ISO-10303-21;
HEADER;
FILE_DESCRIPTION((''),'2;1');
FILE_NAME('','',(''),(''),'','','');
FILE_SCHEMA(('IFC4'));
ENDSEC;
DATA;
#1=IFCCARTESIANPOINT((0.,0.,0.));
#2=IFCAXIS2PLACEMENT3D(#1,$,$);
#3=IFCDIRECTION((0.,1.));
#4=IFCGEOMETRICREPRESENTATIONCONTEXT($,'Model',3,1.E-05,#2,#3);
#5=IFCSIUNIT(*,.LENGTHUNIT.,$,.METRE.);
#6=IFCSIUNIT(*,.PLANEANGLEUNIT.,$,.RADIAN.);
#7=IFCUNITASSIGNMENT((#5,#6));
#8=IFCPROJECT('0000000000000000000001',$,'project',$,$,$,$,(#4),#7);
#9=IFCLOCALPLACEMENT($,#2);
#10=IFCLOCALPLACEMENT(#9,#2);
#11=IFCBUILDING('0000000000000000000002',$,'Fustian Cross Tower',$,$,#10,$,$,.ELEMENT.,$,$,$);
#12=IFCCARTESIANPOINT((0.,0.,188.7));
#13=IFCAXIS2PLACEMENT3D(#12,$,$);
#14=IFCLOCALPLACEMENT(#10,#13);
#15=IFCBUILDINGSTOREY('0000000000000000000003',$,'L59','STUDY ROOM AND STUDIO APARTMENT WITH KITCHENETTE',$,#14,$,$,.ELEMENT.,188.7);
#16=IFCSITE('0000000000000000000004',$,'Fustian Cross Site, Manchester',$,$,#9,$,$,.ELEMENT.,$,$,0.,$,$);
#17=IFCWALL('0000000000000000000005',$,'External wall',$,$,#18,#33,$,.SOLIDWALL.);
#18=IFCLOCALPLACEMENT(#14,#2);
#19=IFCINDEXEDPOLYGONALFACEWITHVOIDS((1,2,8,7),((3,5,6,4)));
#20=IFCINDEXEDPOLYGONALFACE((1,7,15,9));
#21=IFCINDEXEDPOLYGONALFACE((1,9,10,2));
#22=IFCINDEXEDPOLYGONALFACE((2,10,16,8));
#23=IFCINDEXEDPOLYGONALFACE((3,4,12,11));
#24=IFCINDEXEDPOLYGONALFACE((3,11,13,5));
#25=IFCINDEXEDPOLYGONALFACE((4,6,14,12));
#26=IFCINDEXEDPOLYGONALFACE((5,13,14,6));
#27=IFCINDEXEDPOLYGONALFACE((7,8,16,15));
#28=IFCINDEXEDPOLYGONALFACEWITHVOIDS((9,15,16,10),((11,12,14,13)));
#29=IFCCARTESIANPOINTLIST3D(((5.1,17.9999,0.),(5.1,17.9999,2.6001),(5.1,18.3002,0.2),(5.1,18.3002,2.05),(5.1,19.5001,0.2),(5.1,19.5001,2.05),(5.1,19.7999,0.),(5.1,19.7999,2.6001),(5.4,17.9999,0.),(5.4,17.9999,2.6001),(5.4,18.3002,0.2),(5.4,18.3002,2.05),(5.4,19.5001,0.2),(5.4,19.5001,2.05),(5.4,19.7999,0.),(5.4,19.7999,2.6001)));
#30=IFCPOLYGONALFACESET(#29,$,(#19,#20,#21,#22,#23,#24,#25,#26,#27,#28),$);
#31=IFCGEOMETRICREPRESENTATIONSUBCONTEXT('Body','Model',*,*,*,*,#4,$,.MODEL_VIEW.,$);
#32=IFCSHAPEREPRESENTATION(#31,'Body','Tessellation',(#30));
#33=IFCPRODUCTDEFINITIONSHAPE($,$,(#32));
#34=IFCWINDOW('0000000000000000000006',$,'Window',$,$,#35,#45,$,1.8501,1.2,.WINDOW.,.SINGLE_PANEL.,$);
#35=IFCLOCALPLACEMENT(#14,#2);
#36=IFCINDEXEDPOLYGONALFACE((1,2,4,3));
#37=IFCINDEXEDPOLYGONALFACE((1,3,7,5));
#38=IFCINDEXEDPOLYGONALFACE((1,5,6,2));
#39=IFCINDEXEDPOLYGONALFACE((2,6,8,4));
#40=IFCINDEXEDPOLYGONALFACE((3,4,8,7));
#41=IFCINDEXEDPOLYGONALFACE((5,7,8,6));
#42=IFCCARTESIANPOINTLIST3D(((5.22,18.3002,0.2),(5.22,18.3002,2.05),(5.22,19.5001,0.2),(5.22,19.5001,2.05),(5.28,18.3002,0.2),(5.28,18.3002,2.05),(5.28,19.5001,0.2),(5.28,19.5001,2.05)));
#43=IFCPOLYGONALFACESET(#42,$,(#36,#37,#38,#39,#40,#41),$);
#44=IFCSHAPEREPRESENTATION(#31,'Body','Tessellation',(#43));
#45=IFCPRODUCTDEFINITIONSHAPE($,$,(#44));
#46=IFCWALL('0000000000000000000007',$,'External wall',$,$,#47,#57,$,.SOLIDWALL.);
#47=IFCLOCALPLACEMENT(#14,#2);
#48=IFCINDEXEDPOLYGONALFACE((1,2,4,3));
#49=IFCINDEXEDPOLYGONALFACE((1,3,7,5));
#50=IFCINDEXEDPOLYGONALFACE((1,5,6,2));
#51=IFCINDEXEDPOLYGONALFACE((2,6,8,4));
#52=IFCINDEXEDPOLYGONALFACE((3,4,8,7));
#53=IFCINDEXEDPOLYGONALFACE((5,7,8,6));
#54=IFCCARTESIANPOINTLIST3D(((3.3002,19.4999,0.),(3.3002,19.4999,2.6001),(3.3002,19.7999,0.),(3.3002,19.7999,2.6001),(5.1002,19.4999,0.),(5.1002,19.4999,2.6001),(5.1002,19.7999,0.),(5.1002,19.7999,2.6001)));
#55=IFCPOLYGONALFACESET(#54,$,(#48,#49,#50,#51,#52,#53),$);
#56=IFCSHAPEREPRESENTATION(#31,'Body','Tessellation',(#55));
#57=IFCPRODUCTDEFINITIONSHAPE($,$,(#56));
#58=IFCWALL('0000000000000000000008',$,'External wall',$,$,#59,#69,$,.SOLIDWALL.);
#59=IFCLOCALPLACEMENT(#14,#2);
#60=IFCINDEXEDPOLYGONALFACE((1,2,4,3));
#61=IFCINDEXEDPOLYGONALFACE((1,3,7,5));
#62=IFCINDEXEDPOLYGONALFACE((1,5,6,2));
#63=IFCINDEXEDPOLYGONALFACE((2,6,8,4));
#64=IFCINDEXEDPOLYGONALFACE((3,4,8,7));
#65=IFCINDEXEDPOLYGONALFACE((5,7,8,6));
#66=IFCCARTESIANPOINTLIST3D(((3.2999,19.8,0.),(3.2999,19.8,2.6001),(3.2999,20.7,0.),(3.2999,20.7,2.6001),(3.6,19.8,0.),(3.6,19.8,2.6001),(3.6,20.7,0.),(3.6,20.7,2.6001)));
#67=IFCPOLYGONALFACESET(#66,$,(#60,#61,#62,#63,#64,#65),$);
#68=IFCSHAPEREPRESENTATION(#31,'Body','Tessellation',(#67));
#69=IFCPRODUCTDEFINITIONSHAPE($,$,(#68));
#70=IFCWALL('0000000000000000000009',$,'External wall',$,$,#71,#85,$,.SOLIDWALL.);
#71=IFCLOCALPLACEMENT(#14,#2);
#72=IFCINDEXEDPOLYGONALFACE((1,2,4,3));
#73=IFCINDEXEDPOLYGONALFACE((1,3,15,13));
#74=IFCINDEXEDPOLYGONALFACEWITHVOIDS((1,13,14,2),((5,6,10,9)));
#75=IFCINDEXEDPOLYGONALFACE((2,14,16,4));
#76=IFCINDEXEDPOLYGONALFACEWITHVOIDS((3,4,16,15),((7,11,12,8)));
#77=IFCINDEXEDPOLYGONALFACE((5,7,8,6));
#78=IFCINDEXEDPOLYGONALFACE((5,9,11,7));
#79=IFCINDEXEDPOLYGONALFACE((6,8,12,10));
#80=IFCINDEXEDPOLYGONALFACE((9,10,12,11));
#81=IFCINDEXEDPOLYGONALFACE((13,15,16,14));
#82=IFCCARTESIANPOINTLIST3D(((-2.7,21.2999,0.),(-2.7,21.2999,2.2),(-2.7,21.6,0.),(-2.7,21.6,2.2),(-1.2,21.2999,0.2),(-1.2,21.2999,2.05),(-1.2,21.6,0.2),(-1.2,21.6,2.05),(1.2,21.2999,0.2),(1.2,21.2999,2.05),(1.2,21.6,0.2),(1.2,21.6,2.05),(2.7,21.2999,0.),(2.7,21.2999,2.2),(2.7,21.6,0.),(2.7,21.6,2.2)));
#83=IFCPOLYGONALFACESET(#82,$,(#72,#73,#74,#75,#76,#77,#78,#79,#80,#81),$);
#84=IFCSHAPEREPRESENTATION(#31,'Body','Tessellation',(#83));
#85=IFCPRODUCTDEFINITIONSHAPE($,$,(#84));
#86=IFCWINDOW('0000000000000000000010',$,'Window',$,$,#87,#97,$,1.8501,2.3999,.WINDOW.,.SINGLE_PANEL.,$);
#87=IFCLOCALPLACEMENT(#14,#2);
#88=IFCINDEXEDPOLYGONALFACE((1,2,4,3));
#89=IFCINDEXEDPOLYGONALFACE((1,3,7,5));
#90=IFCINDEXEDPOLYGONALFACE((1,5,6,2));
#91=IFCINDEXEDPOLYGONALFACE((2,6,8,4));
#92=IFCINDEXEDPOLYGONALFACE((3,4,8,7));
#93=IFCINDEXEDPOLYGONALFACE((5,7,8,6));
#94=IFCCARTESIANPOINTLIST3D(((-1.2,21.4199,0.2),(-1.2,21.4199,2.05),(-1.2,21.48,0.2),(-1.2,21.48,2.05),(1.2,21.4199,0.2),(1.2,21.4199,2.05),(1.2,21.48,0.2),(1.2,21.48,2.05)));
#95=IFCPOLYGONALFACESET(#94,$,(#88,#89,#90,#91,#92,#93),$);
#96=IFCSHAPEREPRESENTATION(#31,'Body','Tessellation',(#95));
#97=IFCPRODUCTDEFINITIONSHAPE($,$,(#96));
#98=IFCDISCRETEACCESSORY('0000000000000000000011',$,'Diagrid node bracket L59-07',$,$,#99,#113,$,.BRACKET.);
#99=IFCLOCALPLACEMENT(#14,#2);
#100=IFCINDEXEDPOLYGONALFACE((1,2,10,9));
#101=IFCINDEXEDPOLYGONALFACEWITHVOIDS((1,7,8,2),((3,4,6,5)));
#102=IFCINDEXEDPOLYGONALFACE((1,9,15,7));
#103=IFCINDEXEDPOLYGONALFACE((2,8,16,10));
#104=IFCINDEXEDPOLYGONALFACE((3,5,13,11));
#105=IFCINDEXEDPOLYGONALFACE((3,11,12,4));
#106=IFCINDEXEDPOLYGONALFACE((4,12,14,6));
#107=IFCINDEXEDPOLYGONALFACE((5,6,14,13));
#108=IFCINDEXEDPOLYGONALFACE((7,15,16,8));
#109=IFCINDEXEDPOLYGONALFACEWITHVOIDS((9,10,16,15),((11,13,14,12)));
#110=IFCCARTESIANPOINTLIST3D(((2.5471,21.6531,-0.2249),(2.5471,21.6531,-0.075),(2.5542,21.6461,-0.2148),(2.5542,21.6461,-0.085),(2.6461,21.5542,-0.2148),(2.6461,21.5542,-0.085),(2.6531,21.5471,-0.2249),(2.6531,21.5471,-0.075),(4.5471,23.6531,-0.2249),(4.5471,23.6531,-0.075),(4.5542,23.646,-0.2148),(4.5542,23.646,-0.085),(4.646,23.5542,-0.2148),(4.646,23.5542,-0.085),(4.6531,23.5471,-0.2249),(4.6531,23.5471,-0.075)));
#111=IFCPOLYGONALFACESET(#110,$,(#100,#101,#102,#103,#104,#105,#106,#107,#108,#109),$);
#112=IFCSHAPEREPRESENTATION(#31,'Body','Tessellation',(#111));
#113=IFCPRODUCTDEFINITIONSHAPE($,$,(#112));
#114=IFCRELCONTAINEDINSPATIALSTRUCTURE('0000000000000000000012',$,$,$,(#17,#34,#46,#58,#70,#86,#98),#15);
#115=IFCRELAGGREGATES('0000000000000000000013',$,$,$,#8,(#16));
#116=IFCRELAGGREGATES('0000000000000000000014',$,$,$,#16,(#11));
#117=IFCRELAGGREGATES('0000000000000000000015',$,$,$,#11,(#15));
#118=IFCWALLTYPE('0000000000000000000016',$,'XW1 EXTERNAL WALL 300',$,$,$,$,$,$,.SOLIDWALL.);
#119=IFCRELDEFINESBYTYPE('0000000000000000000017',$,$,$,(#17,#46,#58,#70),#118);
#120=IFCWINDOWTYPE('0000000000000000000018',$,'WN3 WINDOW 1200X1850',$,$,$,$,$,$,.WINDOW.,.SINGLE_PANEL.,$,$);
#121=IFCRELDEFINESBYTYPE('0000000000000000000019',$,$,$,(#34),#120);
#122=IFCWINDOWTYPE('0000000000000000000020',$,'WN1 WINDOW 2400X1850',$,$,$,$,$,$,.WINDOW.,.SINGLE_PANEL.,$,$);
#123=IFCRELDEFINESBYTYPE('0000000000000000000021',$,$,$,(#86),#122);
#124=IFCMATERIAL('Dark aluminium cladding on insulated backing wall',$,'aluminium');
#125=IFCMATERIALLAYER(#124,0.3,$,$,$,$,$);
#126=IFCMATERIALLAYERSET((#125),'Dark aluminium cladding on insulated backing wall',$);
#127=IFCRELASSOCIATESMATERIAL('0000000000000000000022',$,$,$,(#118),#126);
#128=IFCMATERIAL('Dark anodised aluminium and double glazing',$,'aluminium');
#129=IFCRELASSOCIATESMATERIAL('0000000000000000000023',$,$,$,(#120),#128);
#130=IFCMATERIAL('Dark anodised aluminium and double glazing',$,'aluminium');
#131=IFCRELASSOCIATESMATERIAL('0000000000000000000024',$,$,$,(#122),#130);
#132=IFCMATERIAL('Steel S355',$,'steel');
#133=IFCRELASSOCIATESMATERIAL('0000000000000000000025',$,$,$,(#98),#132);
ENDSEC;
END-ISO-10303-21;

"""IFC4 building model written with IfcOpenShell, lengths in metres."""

from ifc_helpers import new_model, si_unit, direction, frame, frame_2d, origin, origin_2d, place, context, subcontext, project, spatial, rectangle, hollow_rectangle, extrude, material, layer, layer_set, type_object, element, fill, save


model = new_model("IFC4")

# Units and contexts
model_context = context("Model", 3, precision=1e-05, world=origin(), true_north=direction((0.0, 1.0)))
body_context = subcontext(model_context, "Body", "Model", "MODEL_VIEW")
ifc_project = project(units=[si_unit("LENGTHUNIT", "METRE"), si_unit("PLANEANGLEUNIT", "RADIAN")], contexts=[model_context])

# Site, building, storey
site_placement = place(None, origin())
site = spatial("IfcSite", under=ifc_project, at=site_placement, Name="Fustian Cross Site, Manchester", CompositionType="ELEMENT", RefElevation=0.0)
building_placement = place(site_placement, origin())
building = spatial("IfcBuilding", under=site, at=building_placement, Name="Fustian Cross Tower", CompositionType="ELEMENT")
storey_placement = place(building_placement, frame((0.0, 0.0, 188.7)))
storey = spatial("IfcBuildingStorey", under=building, at=storey_placement, Name="L59", Description="STUDY ROOM AND STUDIO APARTMENT WITH KITCHENETTE", CompositionType="ELEMENT", Elevation=188.7)

# Shared definitions
ifc_material_1 = material(Name="Dark aluminium cladding on insulated backing wall", Category="aluminium")
ifc_layer_1 = layer(ifc_material_1, 0.3)
ifc_layer_set_1 = layer_set([ifc_layer_1], Name="Dark aluminium cladding on insulated backing wall")
wall_type_1 = type_object("IfcWallType", Name="XW1 EXTERNAL WALL 300", PredefinedType="SOLIDWALL", material=ifc_layer_set_1)

# Wall, opening, window
wall_1_placement = place(storey_placement, frame((5.25, 18.0, 0.0), z_axis=(0.0, 0.0, 1.0), x_axis=(0.0, 1.0, 0.0)))
wall_1 = element("IfcWall", 1, at=wall_1_placement, inside=storey, type_object=wall_type_1, Name="External wall", PredefinedType="SOLIDWALL", context=body_context, shape_type="SweptSolid", body=[
    extrude(rectangle(XDim=1.8, YDim=0.3, at=frame_2d((0.8999, 0.0))), origin(), (0.0, 0.0, 1.0), 2.6001),
])
opening_1_placement = place(wall_1_placement, frame((0.3, 0.0, 0.2)))
opening_1 = element("IfcOpeningElement", 2, at=opening_1_placement, cuts=wall_1, PredefinedType="OPENING", context=body_context, shape_type="SweptSolid", body=[
    extrude(rectangle(XDim=1.2, YDim=1.8501, at=frame_2d((0.6001, 0.925))), frame((0.0, 0.1599, 0.0), z_axis=(0.0, -1.0, 0.0), x_axis=(1.0, 0.0, 0.0)), (0.0, 0.0, 1.0), 0.3201),
])
ifc_material_2 = material(Name="Dark anodised aluminium and double glazing", Category="aluminium")
window_type_1 = type_object("IfcWindowType", Name="WN3 WINDOW 1200X1850", PartitioningType="SINGLE_PANEL", PredefinedType="WINDOW", material=ifc_material_2)
window_1_placement = place(opening_1_placement, origin())
window_1 = element("IfcWindow", 3, at=window_1_placement, inside=storey, type_object=window_type_1, Name="Window", OverallHeight=1.8501, OverallWidth=1.2, PartitioningType="SINGLE_PANEL", PredefinedType="WINDOW", context=body_context, shape_type="SweptSolid", body=[
    extrude(rectangle(XDim=1.2, YDim=1.8501, at=frame_2d((0.6001, 0.925))), frame((0.0, 0.03, 0.0), z_axis=(0.0, -1.0, 0.0), x_axis=(1.0, 0.0, 0.0)), (0.0, 0.0, 1.0), 0.0601),
])
fill(opening_1, window_1)

# Walls
wall_2_placement = place(storey_placement, frame((5.1001, 19.6499, 0.0), z_axis=(0.0, 0.0, 1.0), x_axis=(-1.0, 0.0, 0.0)))
element("IfcWall", 4, at=wall_2_placement, inside=storey, type_object=wall_type_1, Name="External wall", PredefinedType="SOLIDWALL", context=body_context, shape_type="SweptSolid", body=[
    extrude(rectangle(XDim=1.8, YDim=0.3, at=frame_2d((0.8999, 0.0))), origin(), (0.0, 0.0, 1.0), 2.6001),
])
wall_3_placement = place(storey_placement, frame((3.45, 19.8, 0.0), z_axis=(0.0, 0.0, 1.0), x_axis=(0.0, 1.0, 0.0)))
element("IfcWall", 5, at=wall_3_placement, inside=storey, type_object=wall_type_1, Name="External wall", PredefinedType="SOLIDWALL", context=body_context, shape_type="SweptSolid", body=[
    extrude(rectangle(XDim=0.8999, YDim=0.3, at=frame_2d((0.45, 0.0))), origin(), (0.0, 0.0, 1.0), 2.6001),
])

# Wall, opening, window
wall_4_placement = place(storey_placement, frame((2.7, 21.45, 0.0), z_axis=(0.0, 0.0, 1.0), x_axis=(-1.0, 0.0, 0.0)))
wall_4 = element("IfcWall", 6, at=wall_4_placement, inside=storey, type_object=wall_type_1, Name="External wall", PredefinedType="SOLIDWALL", context=body_context, shape_type="SweptSolid", body=[
    extrude(rectangle(XDim=5.3999, YDim=0.3, at=frame_2d((2.7, 0.0))), origin(), (0.0, 0.0, 1.0), 2.2),
])
opening_2_placement = place(wall_4_placement, frame((1.5, 0.0, 0.2)))
opening_2 = element("IfcOpeningElement", 7, at=opening_2_placement, cuts=wall_4, PredefinedType="OPENING", context=body_context, shape_type="SweptSolid", body=[
    extrude(rectangle(XDim=2.3999, YDim=1.8501, at=frame_2d((1.2, 0.925))), frame((0.0, 0.1599, 0.0), z_axis=(0.0, -1.0, 0.0), x_axis=(1.0, 0.0, 0.0)), (0.0, 0.0, 1.0), 0.3201),
])
ifc_material_3 = material(Name="Dark anodised aluminium and double glazing", Category="aluminium")
window_type_2 = type_object("IfcWindowType", Name="WN1 WINDOW 2400X1850", PartitioningType="SINGLE_PANEL", PredefinedType="WINDOW", material=ifc_material_3)
window_2_placement = place(opening_2_placement, origin())
window_2 = element("IfcWindow", 8, at=window_2_placement, inside=storey, type_object=window_type_2, Name="Window", OverallHeight=1.8501, OverallWidth=2.3999, PartitioningType="SINGLE_PANEL", PredefinedType="WINDOW", context=body_context, shape_type="SweptSolid", body=[
    extrude(rectangle(XDim=2.3999, YDim=1.8501, at=frame_2d((1.2, 0.925))), frame((0.0, 0.03, 0.0), z_axis=(0.0, -1.0, 0.0), x_axis=(1.0, 0.0, 0.0)), (0.0, 0.0, 1.0), 0.0601),
])
fill(opening_2, window_2)

# Discrete accessory
ifc_material_4 = material(Name="Steel S355", Category="steel")
discrete_accessory_placement = place(storey_placement, frame((4.6001, 23.6001, -0.1499), z_axis=(-0.707107, -0.707107, 0.0), x_axis=(0.707107, -0.707107, 0.0)))
element("IfcDiscreteAccessory", 9, at=discrete_accessory_placement, inside=storey, material=ifc_material_4, Name="Diagrid node bracket L59-07", PredefinedType="BRACKET", context=body_context, shape_type="SweptSolid", body=[
    extrude(hollow_rectangle(XDim=0.1499, YDim=0.1499, WallThickness=0.01, at=origin_2d()), origin(), (0.0, 0.0, 1.0), 2.8284),
])

save(model, "model.ifc")
